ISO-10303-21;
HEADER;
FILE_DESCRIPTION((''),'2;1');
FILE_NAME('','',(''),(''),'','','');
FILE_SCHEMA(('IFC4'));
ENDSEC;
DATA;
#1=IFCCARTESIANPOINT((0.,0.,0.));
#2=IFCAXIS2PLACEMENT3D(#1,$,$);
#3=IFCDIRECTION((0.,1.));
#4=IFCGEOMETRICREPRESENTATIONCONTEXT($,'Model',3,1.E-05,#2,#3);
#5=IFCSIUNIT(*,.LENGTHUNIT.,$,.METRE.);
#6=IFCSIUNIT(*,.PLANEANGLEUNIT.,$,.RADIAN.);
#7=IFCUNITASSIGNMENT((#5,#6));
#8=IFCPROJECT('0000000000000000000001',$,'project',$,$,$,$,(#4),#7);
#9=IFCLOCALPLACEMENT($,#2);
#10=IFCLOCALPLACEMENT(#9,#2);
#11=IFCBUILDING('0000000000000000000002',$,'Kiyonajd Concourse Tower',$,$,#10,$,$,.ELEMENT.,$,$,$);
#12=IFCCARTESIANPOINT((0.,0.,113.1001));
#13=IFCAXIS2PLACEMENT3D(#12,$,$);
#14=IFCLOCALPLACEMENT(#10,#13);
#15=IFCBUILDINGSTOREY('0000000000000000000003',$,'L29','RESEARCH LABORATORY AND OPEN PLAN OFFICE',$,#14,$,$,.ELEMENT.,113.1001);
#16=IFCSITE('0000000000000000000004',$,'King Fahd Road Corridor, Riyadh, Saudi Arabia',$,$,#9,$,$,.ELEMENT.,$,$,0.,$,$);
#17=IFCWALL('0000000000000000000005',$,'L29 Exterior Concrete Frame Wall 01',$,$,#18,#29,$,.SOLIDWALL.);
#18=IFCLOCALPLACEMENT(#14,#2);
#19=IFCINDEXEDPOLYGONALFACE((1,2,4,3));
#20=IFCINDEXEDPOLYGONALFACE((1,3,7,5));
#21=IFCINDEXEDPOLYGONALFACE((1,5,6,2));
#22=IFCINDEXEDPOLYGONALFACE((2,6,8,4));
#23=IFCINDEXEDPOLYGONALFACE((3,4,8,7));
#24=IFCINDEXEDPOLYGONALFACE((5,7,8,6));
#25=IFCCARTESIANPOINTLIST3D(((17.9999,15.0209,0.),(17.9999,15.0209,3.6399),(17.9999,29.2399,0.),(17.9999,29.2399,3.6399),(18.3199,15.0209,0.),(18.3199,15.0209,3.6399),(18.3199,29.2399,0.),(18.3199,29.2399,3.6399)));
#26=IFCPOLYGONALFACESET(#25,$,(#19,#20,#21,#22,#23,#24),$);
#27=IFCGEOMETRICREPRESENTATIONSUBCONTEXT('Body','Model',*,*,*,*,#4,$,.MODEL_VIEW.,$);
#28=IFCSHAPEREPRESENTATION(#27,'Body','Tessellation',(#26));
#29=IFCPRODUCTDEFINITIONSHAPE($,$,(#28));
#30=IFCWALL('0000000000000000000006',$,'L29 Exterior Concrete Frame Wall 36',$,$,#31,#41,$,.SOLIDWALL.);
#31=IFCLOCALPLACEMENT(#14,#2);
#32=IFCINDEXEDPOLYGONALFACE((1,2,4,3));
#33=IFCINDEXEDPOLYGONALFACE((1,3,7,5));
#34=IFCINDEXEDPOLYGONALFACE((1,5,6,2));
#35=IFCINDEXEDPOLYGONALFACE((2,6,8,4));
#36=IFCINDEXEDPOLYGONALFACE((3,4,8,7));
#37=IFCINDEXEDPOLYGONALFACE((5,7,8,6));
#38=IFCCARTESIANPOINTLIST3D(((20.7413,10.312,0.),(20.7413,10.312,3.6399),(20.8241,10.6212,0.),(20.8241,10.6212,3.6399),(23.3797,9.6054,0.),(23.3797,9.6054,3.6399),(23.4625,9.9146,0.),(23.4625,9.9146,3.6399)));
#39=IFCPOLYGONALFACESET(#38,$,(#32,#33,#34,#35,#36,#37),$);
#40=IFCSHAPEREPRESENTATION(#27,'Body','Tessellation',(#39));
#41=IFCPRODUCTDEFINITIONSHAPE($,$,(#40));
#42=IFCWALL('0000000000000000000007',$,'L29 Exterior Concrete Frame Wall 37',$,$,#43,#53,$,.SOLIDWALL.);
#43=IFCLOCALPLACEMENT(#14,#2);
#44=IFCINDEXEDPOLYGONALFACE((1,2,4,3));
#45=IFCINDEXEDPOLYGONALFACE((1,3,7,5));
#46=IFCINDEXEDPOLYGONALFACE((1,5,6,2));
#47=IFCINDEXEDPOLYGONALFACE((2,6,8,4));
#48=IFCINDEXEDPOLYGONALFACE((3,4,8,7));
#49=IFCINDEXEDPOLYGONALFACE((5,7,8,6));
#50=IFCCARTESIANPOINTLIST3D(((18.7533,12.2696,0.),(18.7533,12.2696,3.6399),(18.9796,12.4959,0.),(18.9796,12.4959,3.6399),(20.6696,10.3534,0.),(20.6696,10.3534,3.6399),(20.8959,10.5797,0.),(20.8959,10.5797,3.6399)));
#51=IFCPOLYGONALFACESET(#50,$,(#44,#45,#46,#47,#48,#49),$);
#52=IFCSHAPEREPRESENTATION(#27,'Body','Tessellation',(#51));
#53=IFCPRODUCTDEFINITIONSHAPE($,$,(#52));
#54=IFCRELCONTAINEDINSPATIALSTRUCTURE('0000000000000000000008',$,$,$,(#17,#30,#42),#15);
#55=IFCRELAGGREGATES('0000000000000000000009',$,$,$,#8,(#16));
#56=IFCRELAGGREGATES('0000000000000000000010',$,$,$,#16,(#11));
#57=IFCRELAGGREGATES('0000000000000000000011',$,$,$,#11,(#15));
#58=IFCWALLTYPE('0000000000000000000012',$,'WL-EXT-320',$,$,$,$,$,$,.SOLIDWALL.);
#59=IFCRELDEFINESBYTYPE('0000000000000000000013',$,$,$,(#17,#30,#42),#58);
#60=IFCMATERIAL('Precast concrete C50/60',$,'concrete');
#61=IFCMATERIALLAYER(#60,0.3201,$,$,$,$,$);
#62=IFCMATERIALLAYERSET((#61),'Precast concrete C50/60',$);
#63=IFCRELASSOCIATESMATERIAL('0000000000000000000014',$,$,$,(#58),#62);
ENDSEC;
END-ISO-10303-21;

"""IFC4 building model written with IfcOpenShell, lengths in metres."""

from ifc_helpers import new_model, si_unit, direction, frame, frame_2d, origin, place, context, subcontext, project, spatial, rectangle, extrude, material, layer, layer_set, type_object, element, save


model = new_model("IFC4")

# Units and contexts
model_context = context("Model", 3, precision=1e-05, world=origin(), true_north=direction((0.0, 1.0)))
body_context = subcontext(model_context, "Body", "Model", "MODEL_VIEW")
ifc_project = project(units=[si_unit("LENGTHUNIT", "METRE"), si_unit("PLANEANGLEUNIT", "RADIAN")], contexts=[model_context])

# Site, building, storey
site_placement = place(None, origin())
site = spatial("IfcSite", under=ifc_project, at=site_placement, Name="King Fahd Road Corridor, Riyadh, Saudi Arabia", CompositionType="ELEMENT", RefElevation=0.0)
building_placement = place(site_placement, origin())
building = spatial("IfcBuilding", under=site, at=building_placement, Name="Kiyonajd Concourse Tower", CompositionType="ELEMENT")
storey_placement = place(building_placement, frame((0.0, 0.0, 113.1001)))
storey = spatial("IfcBuildingStorey", under=building, at=storey_placement, Name="L29", Description="RESEARCH LABORATORY AND OPEN PLAN OFFICE", CompositionType="ELEMENT", Elevation=113.1001)

# Shared definitions
ifc_material_1 = material(Name="Precast concrete C50/60", Category="concrete")

# Walls
ifc_layer_1 = layer(ifc_material_1, 0.3201)
ifc_layer_set_1 = layer_set([ifc_layer_1], Name="Precast concrete C50/60")
wall_type_1 = type_object("IfcWallType", Name="WL-EXT-320", PredefinedType="SOLIDWALL", material=ifc_layer_set_1)
wall_1_placement = place(storey_placement, frame((18.1599, 15.021, 0.0), z_axis=(0.0, 0.0, 1.0), x_axis=(0.0, 1.0, 0.0)))
element("IfcWall", 1, at=wall_1_placement, inside=storey, type_object=wall_type_1, Name="L29 Exterior Concrete Frame Wall 01", PredefinedType="SOLIDWALL", context=body_context, shape_type="SweptSolid", body=[
    extrude(rectangle(XDim=14.219, YDim=0.3201, at=frame_2d((7.1094, 0.0))), origin(), (0.0, 0.0, 1.0), 3.6399),
])
wall_2_placement = place(storey_placement, frame((23.4211, 9.76, 0.0), z_axis=(0.0, 0.0, 1.0), x_axis=(-0.965964, 0.258675, 0.0)))
element("IfcWall", 2, at=wall_2_placement, inside=storey, type_object=wall_type_1, Name="L29 Exterior Concrete Frame Wall 36", PredefinedType="SOLIDWALL", context=body_context, shape_type="SweptSolid", body=[
    extrude(rectangle(XDim=2.7314, YDim=0.3201, at=frame_2d((1.3657, 0.0))), origin(), (0.0, 0.0, 1.0), 3.6399),
])
wall_3_placement = place(storey_placement, frame((20.7827, 10.4666, 0.0), z_axis=(0.0, 0.0, 1.0), x_axis=(-0.707107, 0.707107, 0.0)))
element("IfcWall", 3, at=wall_3_placement, inside=storey, type_object=wall_type_1, Name="L29 Exterior Concrete Frame Wall 37", PredefinedType="SOLIDWALL", context=body_context, shape_type="SweptSolid", body=[
    extrude(rectangle(XDim=2.71, YDim=0.3201, at=frame_2d((1.355, 0.0))), origin(), (0.0, 0.0, 1.0), 3.6399),
])

save(model, "model.ifc")
